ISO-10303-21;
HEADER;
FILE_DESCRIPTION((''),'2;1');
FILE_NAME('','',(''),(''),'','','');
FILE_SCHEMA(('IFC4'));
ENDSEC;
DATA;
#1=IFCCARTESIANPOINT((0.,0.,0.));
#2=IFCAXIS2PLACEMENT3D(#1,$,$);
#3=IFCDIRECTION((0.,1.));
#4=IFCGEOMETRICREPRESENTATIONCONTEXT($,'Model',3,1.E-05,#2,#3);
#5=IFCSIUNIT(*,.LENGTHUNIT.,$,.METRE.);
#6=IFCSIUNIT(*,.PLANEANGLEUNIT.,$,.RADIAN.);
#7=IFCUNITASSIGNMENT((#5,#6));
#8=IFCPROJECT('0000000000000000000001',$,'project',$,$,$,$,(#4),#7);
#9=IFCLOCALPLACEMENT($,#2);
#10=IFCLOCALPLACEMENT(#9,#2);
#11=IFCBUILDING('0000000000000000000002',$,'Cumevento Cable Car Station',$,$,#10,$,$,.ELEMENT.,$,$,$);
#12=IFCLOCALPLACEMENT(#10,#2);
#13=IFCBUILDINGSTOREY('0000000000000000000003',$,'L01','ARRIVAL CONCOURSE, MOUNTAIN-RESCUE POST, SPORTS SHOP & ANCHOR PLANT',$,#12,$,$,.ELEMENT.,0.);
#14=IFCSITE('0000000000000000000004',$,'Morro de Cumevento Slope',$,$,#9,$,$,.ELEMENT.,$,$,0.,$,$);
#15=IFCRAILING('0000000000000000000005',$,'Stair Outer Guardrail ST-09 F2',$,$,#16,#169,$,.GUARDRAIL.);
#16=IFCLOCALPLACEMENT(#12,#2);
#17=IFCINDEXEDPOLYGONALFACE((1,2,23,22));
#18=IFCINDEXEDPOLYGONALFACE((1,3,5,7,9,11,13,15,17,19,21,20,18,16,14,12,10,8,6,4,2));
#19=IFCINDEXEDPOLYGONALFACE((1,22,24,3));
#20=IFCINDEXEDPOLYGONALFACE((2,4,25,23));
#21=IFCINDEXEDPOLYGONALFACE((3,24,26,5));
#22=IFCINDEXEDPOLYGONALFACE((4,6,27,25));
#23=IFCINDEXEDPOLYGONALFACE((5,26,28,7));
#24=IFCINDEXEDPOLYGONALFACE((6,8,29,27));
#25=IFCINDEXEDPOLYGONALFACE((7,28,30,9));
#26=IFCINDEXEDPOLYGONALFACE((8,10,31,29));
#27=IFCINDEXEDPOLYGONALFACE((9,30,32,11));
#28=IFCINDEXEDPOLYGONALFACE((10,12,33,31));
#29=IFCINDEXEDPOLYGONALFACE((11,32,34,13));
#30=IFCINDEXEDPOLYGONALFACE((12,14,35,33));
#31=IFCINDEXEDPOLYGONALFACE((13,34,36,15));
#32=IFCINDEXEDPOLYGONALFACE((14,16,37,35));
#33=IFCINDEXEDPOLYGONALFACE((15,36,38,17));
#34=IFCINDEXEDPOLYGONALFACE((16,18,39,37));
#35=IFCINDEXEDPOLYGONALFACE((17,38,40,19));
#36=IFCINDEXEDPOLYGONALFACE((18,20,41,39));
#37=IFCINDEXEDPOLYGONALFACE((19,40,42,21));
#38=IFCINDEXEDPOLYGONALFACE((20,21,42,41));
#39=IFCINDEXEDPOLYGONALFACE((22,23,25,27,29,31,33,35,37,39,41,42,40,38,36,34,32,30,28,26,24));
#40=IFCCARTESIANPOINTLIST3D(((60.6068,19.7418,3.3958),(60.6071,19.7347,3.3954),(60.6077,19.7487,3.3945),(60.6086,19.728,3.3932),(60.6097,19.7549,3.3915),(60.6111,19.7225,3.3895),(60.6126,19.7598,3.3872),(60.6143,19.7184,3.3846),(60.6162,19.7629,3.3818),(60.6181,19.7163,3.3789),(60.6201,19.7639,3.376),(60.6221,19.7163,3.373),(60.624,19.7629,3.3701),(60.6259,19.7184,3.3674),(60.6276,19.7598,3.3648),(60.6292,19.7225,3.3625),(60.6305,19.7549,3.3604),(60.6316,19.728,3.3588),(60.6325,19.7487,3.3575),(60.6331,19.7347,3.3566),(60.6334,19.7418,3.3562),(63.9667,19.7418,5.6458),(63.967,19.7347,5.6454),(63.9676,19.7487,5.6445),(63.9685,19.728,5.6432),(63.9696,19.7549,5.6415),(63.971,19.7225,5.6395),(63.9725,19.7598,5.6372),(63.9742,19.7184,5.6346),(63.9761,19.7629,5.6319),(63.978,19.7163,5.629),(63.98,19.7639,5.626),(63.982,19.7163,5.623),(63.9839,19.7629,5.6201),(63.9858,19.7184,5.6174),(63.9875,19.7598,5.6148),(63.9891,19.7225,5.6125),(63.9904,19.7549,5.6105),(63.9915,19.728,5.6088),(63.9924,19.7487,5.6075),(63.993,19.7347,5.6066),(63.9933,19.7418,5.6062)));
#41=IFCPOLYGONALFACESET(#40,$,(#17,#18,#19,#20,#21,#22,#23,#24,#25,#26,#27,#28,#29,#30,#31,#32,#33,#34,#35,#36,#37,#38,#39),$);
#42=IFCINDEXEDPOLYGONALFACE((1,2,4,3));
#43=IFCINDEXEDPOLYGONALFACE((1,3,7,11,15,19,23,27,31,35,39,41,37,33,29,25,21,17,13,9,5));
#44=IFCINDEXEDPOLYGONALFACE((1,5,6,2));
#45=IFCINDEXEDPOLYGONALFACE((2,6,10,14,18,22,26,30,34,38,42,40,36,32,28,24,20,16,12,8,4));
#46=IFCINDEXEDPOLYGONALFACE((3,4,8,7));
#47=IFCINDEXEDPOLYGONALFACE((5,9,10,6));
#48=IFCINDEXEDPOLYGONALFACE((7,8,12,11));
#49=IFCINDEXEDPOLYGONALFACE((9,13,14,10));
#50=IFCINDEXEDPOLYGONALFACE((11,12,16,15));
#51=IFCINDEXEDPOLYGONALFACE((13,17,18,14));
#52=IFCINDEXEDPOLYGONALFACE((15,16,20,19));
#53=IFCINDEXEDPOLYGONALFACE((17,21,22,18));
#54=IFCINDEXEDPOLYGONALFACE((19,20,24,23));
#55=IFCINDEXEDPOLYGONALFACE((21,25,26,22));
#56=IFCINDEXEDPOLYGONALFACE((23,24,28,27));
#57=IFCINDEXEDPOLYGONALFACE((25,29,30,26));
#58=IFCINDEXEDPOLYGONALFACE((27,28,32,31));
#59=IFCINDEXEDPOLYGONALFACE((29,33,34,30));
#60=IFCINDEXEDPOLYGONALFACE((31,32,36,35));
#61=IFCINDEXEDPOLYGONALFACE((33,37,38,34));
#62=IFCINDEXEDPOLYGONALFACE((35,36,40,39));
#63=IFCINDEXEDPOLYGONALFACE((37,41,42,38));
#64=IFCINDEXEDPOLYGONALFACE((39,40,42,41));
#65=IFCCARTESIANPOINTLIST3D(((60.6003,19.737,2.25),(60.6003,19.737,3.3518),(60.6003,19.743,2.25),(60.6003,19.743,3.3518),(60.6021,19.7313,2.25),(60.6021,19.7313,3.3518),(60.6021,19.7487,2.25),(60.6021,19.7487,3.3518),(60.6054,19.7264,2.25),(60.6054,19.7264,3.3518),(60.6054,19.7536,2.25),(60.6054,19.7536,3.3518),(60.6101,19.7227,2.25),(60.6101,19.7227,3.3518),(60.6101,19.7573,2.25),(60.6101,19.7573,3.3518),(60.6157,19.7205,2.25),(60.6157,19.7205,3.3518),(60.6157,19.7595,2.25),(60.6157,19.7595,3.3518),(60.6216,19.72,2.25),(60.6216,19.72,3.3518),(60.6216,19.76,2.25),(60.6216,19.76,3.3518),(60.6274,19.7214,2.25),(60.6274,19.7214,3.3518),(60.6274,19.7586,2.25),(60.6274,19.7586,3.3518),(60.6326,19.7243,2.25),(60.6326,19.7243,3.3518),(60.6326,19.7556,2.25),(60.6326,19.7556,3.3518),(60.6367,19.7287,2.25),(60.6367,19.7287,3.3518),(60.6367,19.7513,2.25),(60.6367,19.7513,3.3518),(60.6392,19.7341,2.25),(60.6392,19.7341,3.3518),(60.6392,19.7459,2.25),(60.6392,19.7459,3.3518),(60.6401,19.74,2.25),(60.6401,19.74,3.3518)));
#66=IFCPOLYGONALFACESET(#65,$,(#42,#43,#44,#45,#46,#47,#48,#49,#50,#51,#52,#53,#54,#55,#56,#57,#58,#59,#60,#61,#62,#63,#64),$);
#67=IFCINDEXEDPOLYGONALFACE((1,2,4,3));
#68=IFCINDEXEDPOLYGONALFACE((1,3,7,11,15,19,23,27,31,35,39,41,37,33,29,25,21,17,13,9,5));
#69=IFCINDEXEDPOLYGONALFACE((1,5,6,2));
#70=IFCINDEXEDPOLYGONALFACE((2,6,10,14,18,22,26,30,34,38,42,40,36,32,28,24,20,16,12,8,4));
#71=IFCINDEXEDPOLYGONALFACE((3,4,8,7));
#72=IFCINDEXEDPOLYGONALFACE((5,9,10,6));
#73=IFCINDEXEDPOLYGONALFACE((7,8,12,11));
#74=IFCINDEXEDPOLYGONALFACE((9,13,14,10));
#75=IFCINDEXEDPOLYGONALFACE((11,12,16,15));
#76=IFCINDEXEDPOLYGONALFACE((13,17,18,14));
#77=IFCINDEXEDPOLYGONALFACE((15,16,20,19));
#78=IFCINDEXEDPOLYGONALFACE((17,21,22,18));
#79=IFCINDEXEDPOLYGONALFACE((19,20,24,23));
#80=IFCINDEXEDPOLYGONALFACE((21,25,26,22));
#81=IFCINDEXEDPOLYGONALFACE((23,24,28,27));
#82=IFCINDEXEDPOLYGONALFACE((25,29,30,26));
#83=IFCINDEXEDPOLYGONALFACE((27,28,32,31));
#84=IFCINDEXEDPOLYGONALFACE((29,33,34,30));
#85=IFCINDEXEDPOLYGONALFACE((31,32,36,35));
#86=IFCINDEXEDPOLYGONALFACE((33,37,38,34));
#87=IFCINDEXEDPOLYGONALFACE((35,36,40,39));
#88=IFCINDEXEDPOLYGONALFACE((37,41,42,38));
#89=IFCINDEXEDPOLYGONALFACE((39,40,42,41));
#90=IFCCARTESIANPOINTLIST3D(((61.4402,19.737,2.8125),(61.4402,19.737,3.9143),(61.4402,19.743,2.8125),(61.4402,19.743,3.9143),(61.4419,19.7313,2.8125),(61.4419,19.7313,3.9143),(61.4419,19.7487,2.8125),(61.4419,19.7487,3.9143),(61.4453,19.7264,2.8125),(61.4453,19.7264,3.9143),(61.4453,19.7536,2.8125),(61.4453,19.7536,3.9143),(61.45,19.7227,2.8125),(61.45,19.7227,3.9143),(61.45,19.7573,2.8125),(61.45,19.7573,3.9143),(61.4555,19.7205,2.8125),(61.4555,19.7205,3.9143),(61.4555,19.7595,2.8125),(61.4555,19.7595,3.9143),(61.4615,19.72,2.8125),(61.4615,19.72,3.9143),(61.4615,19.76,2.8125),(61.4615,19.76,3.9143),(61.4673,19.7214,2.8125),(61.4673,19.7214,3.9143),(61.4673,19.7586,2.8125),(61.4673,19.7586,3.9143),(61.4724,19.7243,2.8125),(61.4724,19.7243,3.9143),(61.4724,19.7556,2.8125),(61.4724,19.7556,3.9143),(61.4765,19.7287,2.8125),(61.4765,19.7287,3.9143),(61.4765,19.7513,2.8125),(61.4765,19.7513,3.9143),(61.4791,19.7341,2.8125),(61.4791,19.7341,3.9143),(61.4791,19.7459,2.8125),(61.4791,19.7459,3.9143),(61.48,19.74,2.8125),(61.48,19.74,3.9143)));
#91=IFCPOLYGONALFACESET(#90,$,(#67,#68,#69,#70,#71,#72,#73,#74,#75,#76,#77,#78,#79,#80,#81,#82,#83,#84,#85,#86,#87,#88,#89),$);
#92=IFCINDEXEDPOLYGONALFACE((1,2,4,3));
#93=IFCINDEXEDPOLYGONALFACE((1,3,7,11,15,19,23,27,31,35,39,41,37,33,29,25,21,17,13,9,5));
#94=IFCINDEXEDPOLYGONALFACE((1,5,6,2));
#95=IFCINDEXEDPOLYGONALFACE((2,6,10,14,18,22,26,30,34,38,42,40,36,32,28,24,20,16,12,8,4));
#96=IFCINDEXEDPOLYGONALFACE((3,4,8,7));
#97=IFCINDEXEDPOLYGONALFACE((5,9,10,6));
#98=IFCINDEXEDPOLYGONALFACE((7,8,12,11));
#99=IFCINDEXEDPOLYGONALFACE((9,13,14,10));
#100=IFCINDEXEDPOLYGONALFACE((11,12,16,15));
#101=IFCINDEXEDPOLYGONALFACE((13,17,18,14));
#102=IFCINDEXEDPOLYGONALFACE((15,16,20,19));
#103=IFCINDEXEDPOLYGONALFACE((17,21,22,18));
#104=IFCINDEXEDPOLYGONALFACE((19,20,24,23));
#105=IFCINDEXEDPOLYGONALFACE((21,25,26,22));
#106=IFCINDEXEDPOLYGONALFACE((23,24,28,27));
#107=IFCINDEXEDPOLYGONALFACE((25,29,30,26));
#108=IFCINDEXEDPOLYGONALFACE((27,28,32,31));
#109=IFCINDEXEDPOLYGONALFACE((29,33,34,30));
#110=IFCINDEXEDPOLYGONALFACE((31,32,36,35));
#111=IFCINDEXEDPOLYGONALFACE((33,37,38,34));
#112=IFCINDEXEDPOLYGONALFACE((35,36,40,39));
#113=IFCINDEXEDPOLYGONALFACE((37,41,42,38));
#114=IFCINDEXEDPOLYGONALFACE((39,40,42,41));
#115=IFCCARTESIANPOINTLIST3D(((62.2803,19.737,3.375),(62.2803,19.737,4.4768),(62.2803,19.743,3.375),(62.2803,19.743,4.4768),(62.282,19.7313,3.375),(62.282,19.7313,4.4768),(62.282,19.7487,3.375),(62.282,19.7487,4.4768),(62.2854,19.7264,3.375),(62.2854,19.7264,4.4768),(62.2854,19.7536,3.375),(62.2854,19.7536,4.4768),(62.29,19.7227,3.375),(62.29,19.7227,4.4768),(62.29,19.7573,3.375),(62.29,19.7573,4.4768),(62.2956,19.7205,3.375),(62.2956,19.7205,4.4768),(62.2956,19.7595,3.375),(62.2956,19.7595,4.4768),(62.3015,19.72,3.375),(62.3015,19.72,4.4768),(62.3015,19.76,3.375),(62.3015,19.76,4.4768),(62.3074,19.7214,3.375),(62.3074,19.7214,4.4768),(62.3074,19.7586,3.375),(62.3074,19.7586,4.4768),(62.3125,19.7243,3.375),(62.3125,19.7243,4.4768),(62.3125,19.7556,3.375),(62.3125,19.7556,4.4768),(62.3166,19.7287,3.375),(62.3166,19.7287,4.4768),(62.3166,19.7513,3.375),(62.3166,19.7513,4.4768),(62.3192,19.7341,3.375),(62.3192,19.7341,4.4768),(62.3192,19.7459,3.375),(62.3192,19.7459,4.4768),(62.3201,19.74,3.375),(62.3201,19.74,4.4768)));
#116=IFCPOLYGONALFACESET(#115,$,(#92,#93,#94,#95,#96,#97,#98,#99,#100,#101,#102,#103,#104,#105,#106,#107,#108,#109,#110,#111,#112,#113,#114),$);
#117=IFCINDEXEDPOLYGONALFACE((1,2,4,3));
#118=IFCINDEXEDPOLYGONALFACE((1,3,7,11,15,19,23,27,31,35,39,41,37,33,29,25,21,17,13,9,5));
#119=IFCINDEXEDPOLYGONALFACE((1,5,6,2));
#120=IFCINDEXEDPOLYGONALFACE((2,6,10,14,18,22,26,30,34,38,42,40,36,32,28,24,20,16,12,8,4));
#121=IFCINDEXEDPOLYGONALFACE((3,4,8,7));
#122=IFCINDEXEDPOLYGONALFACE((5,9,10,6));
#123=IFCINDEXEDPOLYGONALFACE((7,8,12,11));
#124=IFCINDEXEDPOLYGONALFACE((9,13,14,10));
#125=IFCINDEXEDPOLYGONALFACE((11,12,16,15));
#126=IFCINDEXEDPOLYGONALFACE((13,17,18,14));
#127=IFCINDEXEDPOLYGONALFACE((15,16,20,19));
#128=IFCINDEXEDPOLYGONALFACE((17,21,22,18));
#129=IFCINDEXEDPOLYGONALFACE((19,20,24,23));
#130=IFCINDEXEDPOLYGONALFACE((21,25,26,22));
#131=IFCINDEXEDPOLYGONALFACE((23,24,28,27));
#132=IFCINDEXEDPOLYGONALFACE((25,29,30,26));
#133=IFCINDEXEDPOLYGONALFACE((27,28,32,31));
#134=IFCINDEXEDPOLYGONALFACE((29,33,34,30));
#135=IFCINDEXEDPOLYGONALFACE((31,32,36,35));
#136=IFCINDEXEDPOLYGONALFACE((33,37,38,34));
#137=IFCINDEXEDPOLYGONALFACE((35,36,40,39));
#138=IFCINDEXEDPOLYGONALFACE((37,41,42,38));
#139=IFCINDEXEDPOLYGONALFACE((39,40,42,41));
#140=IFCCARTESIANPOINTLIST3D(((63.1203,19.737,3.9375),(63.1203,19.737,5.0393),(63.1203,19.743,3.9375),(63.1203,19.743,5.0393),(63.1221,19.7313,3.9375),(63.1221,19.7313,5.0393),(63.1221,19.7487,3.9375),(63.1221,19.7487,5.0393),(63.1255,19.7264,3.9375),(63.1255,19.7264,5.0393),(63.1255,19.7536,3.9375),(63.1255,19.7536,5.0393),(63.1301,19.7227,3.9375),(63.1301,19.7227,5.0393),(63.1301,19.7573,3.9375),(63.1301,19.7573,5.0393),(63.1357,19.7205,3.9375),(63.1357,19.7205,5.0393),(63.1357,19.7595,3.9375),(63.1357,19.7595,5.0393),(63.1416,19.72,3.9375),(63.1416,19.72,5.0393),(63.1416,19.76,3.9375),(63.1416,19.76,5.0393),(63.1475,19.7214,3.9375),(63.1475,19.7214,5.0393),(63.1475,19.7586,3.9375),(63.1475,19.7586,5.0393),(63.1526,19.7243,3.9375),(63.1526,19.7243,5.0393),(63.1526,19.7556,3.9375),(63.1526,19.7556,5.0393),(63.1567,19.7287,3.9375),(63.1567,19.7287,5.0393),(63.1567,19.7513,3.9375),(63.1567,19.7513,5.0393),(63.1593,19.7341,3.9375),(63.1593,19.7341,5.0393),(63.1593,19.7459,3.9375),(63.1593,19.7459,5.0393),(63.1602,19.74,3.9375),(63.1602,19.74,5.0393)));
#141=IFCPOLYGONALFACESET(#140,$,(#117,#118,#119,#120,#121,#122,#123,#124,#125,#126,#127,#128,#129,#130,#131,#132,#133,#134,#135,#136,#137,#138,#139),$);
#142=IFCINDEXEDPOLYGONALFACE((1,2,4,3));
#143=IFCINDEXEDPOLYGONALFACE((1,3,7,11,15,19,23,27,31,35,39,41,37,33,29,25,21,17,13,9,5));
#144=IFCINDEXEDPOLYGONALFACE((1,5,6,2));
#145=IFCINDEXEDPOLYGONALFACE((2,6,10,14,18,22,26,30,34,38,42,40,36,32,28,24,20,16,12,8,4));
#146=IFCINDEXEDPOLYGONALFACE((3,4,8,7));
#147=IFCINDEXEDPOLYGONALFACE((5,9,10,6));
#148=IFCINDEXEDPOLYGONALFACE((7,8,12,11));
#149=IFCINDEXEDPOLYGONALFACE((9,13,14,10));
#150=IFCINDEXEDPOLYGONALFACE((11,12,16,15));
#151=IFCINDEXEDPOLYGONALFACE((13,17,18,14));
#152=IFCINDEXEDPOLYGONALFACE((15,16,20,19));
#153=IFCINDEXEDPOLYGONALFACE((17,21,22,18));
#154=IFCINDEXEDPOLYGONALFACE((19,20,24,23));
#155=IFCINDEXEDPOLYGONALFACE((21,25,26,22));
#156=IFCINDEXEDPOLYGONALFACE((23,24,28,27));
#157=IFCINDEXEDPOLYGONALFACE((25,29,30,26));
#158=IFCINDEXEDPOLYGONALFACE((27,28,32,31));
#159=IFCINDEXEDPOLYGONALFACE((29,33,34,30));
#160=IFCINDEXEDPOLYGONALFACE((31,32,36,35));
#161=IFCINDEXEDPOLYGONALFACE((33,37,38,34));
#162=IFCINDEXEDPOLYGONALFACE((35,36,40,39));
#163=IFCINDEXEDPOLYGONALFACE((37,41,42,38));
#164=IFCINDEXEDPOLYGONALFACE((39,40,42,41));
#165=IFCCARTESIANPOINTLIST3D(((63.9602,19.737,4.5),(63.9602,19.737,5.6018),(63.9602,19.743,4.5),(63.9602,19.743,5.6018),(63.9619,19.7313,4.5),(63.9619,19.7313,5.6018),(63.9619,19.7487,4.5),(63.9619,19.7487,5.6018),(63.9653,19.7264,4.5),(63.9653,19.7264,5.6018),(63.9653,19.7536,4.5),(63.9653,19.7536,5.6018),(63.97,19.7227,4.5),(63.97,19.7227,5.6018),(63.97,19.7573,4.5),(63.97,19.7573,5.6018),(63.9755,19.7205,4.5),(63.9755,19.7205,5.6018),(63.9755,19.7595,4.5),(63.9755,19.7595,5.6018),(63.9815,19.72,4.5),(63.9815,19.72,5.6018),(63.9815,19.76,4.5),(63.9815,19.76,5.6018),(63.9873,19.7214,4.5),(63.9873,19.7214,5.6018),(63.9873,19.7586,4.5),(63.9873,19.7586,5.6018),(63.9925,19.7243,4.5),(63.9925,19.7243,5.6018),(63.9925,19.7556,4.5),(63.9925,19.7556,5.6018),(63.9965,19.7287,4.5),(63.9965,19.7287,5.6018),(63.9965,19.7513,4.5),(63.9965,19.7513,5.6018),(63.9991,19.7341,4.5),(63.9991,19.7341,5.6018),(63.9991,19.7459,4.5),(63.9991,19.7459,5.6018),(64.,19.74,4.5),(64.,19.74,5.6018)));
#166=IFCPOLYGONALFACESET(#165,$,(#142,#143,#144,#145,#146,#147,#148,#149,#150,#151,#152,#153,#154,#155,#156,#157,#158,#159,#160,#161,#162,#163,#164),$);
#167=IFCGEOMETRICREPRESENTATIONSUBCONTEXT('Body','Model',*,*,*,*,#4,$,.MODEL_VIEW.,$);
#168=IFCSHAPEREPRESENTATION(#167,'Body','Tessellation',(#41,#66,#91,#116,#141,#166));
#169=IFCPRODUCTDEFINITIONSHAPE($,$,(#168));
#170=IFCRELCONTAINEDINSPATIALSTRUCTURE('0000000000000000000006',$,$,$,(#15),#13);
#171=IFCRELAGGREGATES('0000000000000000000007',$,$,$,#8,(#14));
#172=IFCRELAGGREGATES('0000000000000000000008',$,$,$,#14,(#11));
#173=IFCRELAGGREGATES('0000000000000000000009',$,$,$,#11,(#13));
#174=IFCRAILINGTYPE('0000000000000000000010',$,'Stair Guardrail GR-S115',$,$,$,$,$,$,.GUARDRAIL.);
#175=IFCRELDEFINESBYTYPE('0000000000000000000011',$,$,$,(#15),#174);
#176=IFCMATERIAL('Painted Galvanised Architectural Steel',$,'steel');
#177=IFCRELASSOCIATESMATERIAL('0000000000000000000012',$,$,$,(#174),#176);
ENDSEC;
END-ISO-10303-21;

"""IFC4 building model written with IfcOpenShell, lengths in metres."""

from ifc_helpers import new_model, si_unit, direction, frame, origin, origin_2d, place, context, subcontext, project, spatial, circle, extrude, material, type_object, element, save


model = new_model("IFC4")

# Units and contexts
model_context = context("Model", 3, precision=1e-05, world=origin(), true_north=direction((0.0, 1.0)))
body_context = subcontext(model_context, "Body", "Model", "MODEL_VIEW")
ifc_project = project(units=[si_unit("LENGTHUNIT", "METRE"), si_unit("PLANEANGLEUNIT", "RADIAN")], contexts=[model_context])

# Site, building, storey
site_placement = place(None, origin())
site = spatial("IfcSite", under=ifc_project, at=site_placement, Name="Morro de Cumevento Slope", CompositionType="ELEMENT", RefElevation=0.0)
building_placement = place(site_placement, origin())
building = spatial("IfcBuilding", under=site, at=building_placement, Name="Cumevento Cable Car Station", CompositionType="ELEMENT")
storey_placement = place(building_placement, origin())
storey = spatial("IfcBuildingStorey", under=building, at=storey_placement, Name="L01", Description="ARRIVAL CONCOURSE, MOUNTAIN-RESCUE POST, SPORTS SHOP & ANCHOR PLANT", CompositionType="ELEMENT", Elevation=0.0)

# Railing
ifc_material_1 = material(Name="Painted Galvanised Architectural Steel", Category="steel")
railing_type_1 = type_object("IfcRailingType", Name="Stair Guardrail GR-S115", PredefinedType="GUARDRAIL", material=ifc_material_1)
railing_1_placement = place(storey_placement, frame((60.6201, 19.74, 2.25)))
element("IfcRailing", 1, at=railing_1_placement, inside=storey, type_object=railing_type_1, Name="Stair Outer Guardrail ST-09 F2", PredefinedType="GUARDRAIL", context=body_context, shape_type="SweptSolid", body=[
    extrude(circle(Radius=0.0239, at=origin_2d()), frame((0.0, 0.0, 1.126), z_axis=(0.830897, 0.0, 0.556427), x_axis=(0.0, 1.0, 0.0)), (0.0, 0.0, 1.0), 4.0437),
    extrude(circle(Radius=0.02, at=origin_2d()), origin(), (0.0, 0.0, 1.0), 1.1018),
    extrude(circle(Radius=0.02, at=origin_2d()), frame((0.8398, 0.0, 0.5625)), (0.0, 0.0, 1.0), 1.1018),
    extrude(circle(Radius=0.02, at=origin_2d()), frame((1.6799, 0.0, 1.125)), (0.0, 0.0, 1.0), 1.1018),
    extrude(circle(Radius=0.02, at=origin_2d()), frame((2.52, 0.0, 1.6875)), (0.0, 0.0, 1.0), 1.1018),
    extrude(circle(Radius=0.02, at=origin_2d()), frame((3.3599, 0.0, 2.25)), (0.0, 0.0, 1.0), 1.1018),
])

save(model, "model.ifc")
